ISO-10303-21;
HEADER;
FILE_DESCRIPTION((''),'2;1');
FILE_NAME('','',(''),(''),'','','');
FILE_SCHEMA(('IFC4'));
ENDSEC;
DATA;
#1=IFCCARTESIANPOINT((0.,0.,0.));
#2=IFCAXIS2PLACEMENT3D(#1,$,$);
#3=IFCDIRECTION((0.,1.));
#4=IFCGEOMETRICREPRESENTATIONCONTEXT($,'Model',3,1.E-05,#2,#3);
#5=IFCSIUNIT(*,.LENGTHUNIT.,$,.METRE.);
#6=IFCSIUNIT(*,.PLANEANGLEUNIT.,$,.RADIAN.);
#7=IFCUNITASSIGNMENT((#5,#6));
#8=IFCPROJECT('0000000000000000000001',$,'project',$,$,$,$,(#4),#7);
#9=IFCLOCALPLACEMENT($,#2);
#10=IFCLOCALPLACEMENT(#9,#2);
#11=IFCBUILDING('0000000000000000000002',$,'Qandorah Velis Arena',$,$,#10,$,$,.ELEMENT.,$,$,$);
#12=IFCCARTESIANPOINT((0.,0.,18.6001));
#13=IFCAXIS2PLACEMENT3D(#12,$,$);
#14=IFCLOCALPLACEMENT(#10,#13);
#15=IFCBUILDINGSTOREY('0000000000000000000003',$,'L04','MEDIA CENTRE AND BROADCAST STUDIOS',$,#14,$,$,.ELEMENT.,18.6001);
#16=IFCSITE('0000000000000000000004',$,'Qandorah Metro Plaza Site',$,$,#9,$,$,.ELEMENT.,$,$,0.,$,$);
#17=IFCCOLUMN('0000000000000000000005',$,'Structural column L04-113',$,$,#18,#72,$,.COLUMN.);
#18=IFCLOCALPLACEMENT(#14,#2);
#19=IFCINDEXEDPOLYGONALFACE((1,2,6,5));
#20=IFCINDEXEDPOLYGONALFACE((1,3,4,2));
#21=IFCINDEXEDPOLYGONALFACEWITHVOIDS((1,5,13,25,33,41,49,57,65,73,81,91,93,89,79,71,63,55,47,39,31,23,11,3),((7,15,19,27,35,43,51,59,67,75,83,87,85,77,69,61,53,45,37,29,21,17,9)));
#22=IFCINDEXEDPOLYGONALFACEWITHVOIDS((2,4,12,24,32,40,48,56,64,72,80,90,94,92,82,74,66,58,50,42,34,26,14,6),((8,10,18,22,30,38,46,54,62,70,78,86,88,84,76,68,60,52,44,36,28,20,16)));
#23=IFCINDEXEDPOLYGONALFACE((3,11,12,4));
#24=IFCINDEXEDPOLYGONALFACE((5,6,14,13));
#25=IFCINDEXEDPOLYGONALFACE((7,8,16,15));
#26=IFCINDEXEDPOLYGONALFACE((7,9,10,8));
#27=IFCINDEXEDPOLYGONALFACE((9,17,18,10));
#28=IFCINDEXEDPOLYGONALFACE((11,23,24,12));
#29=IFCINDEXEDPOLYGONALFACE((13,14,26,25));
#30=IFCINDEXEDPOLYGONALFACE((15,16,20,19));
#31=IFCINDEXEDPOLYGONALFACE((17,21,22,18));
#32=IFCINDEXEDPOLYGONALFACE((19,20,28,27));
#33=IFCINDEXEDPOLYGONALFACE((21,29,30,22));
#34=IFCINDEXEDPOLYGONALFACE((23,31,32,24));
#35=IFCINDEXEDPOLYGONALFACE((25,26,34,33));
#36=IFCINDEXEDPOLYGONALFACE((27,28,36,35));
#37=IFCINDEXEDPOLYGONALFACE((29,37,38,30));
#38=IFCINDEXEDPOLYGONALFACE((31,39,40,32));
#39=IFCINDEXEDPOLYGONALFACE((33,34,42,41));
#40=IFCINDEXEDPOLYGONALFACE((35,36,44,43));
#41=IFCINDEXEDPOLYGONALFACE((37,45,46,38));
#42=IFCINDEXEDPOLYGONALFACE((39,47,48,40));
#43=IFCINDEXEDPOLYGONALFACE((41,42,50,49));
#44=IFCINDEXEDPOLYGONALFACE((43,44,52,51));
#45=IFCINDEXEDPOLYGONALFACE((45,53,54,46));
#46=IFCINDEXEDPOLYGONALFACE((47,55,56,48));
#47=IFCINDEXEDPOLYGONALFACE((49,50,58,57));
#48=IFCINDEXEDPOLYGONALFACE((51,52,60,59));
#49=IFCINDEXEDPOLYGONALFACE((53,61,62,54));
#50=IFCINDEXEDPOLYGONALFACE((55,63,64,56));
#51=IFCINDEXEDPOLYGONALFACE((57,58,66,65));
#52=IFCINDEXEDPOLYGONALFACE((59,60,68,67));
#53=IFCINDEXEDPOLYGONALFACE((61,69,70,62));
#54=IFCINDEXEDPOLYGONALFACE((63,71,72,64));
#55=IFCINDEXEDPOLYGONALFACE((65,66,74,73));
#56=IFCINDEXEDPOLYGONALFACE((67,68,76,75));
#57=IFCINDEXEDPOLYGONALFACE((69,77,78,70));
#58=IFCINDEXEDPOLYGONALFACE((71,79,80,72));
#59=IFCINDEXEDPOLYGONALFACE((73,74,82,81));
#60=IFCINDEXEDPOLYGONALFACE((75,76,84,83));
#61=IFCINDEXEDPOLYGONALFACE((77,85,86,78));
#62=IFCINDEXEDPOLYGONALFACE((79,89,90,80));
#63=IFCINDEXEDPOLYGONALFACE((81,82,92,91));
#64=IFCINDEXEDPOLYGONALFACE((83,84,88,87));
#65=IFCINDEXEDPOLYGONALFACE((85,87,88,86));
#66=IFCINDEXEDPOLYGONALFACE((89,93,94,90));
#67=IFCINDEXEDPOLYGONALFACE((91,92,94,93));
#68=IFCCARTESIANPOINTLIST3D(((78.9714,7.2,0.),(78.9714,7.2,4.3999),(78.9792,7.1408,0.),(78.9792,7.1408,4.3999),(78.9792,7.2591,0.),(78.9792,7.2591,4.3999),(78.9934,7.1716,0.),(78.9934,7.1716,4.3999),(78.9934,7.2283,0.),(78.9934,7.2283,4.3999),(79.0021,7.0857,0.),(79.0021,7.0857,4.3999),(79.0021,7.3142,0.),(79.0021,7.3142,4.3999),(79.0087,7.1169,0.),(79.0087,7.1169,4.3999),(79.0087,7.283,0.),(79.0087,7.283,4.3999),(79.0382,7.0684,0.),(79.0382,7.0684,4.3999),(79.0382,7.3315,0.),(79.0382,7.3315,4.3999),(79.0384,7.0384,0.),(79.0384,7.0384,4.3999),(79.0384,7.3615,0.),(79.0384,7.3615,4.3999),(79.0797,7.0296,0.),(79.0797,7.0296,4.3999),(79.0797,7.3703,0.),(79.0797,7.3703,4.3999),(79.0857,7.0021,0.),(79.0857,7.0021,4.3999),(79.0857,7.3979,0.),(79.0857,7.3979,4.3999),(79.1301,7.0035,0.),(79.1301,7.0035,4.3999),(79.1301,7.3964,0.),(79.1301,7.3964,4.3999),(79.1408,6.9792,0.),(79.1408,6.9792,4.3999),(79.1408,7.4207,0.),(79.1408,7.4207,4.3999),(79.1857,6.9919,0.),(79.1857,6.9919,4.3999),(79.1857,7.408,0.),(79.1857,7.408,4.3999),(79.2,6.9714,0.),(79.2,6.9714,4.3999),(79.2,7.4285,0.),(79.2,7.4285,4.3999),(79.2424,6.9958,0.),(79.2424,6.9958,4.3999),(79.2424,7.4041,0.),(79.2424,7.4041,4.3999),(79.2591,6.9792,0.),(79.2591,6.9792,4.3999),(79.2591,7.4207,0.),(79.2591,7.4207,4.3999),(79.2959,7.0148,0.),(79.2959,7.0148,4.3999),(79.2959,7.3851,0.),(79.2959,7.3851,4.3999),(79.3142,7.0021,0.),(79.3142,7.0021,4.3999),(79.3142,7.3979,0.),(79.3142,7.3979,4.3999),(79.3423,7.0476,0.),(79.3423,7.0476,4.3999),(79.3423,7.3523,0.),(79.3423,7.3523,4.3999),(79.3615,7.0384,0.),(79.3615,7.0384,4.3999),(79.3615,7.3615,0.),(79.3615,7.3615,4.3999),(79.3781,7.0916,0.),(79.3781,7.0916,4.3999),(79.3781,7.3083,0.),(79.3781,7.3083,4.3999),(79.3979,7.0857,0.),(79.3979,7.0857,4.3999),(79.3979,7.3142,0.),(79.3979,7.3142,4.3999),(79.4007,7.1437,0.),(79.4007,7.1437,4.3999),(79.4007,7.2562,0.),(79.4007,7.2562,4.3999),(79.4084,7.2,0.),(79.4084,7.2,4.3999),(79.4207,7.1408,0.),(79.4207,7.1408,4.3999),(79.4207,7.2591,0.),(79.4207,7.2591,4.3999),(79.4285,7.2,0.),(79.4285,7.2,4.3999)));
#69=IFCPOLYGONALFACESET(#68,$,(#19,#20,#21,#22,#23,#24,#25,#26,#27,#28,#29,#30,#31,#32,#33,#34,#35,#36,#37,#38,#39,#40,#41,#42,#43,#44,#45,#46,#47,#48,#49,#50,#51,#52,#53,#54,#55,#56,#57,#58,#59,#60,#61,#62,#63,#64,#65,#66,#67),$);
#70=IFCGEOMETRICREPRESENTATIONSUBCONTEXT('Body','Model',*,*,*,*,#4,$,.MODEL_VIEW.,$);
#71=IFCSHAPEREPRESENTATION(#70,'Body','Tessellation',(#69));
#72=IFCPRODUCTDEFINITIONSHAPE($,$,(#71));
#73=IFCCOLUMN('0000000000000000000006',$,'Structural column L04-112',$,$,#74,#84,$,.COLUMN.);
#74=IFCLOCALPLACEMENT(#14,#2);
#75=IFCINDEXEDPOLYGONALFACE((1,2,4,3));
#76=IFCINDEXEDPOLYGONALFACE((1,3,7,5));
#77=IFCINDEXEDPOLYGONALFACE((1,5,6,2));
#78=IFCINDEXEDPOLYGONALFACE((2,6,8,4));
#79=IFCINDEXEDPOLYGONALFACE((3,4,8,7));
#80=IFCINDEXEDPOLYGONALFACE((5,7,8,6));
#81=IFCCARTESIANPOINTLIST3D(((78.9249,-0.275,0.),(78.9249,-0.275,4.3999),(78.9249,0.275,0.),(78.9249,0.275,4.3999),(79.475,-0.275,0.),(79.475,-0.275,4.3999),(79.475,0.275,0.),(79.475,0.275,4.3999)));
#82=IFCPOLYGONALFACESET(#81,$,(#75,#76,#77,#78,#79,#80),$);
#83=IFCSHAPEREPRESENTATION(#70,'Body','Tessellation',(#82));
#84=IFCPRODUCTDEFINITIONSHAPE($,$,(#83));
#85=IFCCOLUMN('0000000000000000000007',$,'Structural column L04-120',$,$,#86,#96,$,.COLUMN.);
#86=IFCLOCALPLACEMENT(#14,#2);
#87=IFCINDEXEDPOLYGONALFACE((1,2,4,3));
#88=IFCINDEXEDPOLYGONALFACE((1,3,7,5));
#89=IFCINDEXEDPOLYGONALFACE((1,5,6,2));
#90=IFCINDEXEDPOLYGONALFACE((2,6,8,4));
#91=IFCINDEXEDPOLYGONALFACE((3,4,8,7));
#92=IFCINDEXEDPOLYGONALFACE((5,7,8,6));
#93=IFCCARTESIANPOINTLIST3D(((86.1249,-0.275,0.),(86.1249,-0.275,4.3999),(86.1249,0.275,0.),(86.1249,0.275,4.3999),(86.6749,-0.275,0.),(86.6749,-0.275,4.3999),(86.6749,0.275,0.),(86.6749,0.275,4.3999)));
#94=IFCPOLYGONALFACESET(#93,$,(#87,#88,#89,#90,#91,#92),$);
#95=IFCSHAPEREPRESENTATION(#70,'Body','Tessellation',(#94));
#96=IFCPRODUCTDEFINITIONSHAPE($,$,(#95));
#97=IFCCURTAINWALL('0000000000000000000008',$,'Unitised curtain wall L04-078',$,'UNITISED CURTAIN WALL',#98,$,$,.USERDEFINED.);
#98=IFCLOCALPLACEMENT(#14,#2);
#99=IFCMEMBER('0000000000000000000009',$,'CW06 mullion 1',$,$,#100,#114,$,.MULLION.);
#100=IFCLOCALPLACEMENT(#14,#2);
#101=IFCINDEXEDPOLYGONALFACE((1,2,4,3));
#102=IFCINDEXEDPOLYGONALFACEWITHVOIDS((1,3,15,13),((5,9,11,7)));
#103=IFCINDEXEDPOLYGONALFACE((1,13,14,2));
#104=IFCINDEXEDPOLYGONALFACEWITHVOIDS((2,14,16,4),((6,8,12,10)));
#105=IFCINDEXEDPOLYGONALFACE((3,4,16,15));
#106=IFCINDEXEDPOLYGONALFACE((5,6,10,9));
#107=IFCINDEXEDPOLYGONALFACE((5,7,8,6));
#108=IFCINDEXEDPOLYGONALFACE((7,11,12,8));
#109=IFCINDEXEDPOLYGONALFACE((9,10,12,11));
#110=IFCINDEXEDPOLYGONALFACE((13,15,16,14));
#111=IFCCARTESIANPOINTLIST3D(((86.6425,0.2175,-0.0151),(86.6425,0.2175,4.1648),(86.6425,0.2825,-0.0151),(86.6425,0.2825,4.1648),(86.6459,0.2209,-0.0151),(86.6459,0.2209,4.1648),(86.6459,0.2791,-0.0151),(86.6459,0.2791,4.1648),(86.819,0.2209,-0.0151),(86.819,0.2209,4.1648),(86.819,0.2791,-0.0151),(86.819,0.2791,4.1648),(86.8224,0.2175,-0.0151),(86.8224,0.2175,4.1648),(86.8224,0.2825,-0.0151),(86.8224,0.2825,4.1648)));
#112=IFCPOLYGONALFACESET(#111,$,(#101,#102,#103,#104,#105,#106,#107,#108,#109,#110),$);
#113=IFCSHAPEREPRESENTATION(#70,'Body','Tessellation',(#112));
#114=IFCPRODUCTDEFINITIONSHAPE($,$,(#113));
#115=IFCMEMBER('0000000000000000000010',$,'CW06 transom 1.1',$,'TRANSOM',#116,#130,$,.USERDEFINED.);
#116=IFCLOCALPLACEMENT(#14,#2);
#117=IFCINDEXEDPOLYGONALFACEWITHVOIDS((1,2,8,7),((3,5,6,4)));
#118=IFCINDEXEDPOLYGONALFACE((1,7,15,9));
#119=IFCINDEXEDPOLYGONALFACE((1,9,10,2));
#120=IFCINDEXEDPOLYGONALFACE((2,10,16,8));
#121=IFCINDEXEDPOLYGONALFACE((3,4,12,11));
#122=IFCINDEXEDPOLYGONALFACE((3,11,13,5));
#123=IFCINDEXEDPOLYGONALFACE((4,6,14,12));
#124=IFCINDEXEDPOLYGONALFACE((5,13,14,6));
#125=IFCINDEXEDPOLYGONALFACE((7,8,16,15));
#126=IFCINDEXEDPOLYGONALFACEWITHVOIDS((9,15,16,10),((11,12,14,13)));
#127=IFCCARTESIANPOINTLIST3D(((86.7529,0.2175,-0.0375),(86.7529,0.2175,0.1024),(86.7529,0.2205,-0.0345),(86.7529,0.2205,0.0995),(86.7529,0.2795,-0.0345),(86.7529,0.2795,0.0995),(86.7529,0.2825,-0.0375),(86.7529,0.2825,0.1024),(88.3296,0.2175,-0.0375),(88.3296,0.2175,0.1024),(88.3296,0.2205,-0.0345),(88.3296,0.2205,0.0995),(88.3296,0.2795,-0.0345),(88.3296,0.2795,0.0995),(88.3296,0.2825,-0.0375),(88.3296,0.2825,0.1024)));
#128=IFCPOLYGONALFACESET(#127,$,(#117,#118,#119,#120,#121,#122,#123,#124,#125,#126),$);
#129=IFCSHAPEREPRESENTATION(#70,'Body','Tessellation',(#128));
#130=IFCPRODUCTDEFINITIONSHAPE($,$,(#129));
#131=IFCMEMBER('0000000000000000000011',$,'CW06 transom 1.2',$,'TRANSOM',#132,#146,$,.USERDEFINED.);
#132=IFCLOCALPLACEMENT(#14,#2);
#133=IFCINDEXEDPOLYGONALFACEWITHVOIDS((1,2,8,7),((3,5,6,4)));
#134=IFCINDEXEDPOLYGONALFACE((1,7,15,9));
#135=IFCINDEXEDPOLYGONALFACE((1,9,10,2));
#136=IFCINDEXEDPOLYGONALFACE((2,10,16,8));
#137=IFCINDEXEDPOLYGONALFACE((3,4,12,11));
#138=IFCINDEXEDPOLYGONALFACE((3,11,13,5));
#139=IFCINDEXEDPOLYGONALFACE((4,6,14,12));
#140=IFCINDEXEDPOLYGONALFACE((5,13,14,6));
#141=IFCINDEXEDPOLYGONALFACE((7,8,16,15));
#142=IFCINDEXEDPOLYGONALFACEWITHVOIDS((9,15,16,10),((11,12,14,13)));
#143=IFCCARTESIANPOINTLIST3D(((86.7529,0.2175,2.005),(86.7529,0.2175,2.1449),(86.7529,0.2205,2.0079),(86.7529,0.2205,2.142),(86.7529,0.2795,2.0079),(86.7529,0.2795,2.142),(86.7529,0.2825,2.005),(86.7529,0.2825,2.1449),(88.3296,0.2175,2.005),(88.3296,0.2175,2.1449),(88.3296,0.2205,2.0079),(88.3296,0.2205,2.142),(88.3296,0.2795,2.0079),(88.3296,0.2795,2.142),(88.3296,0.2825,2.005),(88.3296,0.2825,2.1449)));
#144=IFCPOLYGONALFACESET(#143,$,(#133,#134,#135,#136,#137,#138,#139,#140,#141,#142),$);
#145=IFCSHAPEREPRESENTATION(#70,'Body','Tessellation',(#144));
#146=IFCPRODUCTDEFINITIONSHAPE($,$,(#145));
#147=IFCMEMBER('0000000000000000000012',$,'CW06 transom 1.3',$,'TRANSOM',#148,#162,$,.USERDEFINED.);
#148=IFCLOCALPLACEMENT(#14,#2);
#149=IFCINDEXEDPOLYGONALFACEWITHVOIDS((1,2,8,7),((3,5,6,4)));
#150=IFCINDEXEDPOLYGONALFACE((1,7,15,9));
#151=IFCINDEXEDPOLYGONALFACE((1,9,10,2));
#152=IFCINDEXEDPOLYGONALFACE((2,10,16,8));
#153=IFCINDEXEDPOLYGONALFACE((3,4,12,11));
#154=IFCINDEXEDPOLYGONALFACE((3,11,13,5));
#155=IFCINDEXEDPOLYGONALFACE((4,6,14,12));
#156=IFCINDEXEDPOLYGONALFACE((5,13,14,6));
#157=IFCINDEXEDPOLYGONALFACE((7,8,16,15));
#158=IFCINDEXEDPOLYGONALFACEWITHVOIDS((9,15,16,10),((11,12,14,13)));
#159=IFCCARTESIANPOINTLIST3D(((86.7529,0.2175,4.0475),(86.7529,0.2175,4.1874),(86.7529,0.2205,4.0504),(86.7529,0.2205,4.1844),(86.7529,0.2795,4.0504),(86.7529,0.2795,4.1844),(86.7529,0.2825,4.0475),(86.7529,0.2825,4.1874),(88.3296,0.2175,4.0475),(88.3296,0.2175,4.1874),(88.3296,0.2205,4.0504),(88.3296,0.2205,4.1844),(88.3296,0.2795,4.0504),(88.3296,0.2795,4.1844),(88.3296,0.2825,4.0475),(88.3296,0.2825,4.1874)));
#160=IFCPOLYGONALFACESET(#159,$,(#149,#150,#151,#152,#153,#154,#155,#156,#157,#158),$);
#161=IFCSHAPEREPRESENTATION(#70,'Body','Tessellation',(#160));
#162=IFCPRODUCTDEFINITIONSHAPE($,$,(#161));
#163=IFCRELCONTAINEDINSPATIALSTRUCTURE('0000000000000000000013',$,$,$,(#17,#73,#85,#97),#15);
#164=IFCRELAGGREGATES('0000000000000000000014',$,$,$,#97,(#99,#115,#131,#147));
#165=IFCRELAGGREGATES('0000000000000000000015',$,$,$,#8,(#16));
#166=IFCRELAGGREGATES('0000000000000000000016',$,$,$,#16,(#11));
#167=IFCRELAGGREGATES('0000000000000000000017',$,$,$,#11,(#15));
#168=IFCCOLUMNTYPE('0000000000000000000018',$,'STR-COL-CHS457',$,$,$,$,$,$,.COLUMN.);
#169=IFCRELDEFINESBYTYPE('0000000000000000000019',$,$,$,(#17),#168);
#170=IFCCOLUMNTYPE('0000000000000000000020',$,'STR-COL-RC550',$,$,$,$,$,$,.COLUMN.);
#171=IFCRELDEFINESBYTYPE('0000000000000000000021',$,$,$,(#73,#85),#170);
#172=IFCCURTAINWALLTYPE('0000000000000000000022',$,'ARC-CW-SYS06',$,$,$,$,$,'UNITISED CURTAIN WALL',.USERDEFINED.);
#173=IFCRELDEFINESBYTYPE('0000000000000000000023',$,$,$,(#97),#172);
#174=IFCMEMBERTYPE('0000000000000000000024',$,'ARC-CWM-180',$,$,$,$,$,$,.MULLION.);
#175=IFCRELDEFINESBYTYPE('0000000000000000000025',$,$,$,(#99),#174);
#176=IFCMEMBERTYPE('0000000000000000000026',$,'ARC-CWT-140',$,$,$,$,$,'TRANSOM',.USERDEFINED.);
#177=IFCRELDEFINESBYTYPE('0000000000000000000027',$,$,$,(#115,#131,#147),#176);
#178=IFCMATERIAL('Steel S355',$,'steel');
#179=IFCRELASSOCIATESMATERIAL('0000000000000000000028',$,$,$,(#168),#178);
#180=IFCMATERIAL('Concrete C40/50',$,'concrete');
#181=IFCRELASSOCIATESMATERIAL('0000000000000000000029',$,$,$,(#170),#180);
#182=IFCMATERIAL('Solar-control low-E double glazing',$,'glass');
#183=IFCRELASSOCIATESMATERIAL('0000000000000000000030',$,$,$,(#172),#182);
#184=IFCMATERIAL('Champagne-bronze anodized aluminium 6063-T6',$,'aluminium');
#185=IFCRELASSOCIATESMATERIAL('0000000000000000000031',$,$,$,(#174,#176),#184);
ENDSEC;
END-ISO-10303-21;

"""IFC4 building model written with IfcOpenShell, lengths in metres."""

from ifc_helpers import new_model, si_unit, direction, frame, origin, origin_2d, place, context, subcontext, project, spatial, rectangle, hollow_rectangle, hollow_circle, extrude, material, material_profile, profile_set, type_object, element, aggregate, save


model = new_model("IFC4")

# Units and contexts
model_context = context("Model", 3, precision=1e-05, world=origin(), true_north=direction((0.0, 1.0)))
body_context = subcontext(model_context, "Body", "Model", "MODEL_VIEW")
ifc_project = project(units=[si_unit("LENGTHUNIT", "METRE"), si_unit("PLANEANGLEUNIT", "RADIAN")], contexts=[model_context])

# Site, building, storey
site_placement = place(None, origin())
site = spatial("IfcSite", under=ifc_project, at=site_placement, Name="Qandorah Metro Plaza Site", CompositionType="ELEMENT", RefElevation=0.0)
building_placement = place(site_placement, origin())
building = spatial("IfcBuilding", under=site, at=building_placement, Name="Qandorah Velis Arena", CompositionType="ELEMENT")
storey_placement = place(building_placement, frame((0.0, 0.0, 18.6001)))
storey = spatial("IfcBuildingStorey", under=building, at=storey_placement, Name="L04", Description="MEDIA CENTRE AND BROADCAST STUDIOS", CompositionType="ELEMENT", Elevation=18.6001)

# Columns
ifc_material_1 = material(Name="Steel S355", Category="steel")
ifc_material_profile_1 = material_profile(ifc_material_1, hollow_circle(Radius=0.2285, WallThickness=0.02, at=origin_2d()), Name="CHS 457x20")
ifc_profile_set_1 = profile_set([ifc_material_profile_1], Name="Steel S355")
column_type_1 = type_object("IfcColumnType", Name="STR-COL-CHS457", PredefinedType="COLUMN", material=ifc_profile_set_1)
column_placement = place(storey_placement, frame((79.2, 7.2, 0.0), z_axis=(0.0, 0.0, 1.0), x_axis=(1.0, 0.0, 0.0)))
element("IfcColumn", 1, at=column_placement, inside=storey, type_object=column_type_1, Name="Structural column L04-113", PredefinedType="COLUMN", context=body_context, shape_type="SweptSolid", body=[
    extrude(hollow_circle(Radius=0.2285, WallThickness=0.02, at=origin_2d()), origin(), (0.0, 0.0, 1.0), 4.3999),
])
ifc_material_2 = material(Name="Concrete C40/50", Category="concrete")
ifc_material_profile_2 = material_profile(ifc_material_2, rectangle(XDim=0.55, YDim=0.55, at=origin_2d()), Name="RC COL 550x550")
ifc_profile_set_2 = profile_set([ifc_material_profile_2], Name="Concrete C40/50")
column_type_2 = type_object("IfcColumnType", Name="STR-COL-RC550", PredefinedType="COLUMN", material=ifc_profile_set_2)
for number, where, z_axis, x_axis, name in (
    (2, (79.2, 0.0, 0.0), (0.0, 0.0, 1.0), (1.0, 0.0, 0.0), "Structural column L04-112"),
    (3, (86.3999, 0.0, 0.0), (0.0, 0.0, 1.0), (1.0, 0.0, 0.0), "Structural column L04-120"),
):
    element("IfcColumn", number, at=place(storey_placement, frame(where, z_axis=z_axis, x_axis=x_axis)), inside=storey, type_object=column_type_2, Name=name, PredefinedType="COLUMN", context=body_context, shape_type="SweptSolid", body=[
        extrude(rectangle(XDim=0.55, YDim=0.55, at=origin_2d()), origin(), (0.0, 0.0, 1.0), 4.3999),
    ])

# Curtain wall, members
ifc_material_3 = material(Name="Solar-control low-E double glazing", Category="glass")
curtain_wall_type = type_object("IfcCurtainWallType", Name="ARC-CW-SYS06", ElementType="UNITISED CURTAIN WALL", PredefinedType="USERDEFINED", material=ifc_material_3)
curtain_wall_placement = place(storey_placement, origin())
curtain_wall = element("IfcCurtainWall", 4, at=curtain_wall_placement, inside=storey, type_object=curtain_wall_type, Name="Unitised curtain wall L04-078", ObjectType="UNITISED CURTAIN WALL", PredefinedType="USERDEFINED")
ifc_material_4 = material(Name="Champagne-bronze anodized aluminium 6063-T6", Category="aluminium")
ifc_material_profile_3 = material_profile(ifc_material_4, hollow_rectangle(XDim=0.0649, YDim=0.1799, WallThickness=0.0034, at=origin_2d()), Name="ALU MULLION 65x180")
ifc_profile_set_3 = profile_set([ifc_material_profile_3], Name="Champagne-bronze anodized aluminium 6063-T6")
member_type_1 = type_object("IfcMemberType", Name="ARC-CWM-180", PredefinedType="MULLION", material=ifc_profile_set_3)
member_1_placement = place(storey_placement, frame((86.7324, 0.25, -0.0151), z_axis=(0.0, 0.0, 1.0), x_axis=(0.0, 1.0, 0.0)))
member_1 = element("IfcMember", 5, at=member_1_placement, type_object=member_type_1, Name="CW06 mullion 1", PredefinedType="MULLION", context=body_context, shape_type="SweptSolid", body=[
    extrude(hollow_rectangle(XDim=0.0649, YDim=0.1799, WallThickness=0.0034, at=origin_2d()), origin(), (0.0, 0.0, 1.0), 4.1799),
])
ifc_material_profile_4 = material_profile(ifc_material_4, hollow_rectangle(XDim=0.0649, YDim=0.1399, WallThickness=0.0029, at=origin_2d()), Name="ALU TRANSOM 65x140")
ifc_profile_set_4 = profile_set([ifc_material_profile_4], Name="Champagne-bronze anodized aluminium 6063-T6")
member_type_2 = type_object("IfcMemberType", Name="ARC-CWT-140", ElementType="TRANSOM", PredefinedType="USERDEFINED", material=ifc_profile_set_4)
member_2_placement = place(storey_placement, frame((86.7529, 0.25, 0.0325), z_axis=(1.0, 0.0, 0.0), x_axis=(0.0, 1.0, 0.0)))
member_2 = element("IfcMember", 6, at=member_2_placement, type_object=member_type_2, Name="CW06 transom 1.1", ObjectType="TRANSOM", PredefinedType="USERDEFINED", context=body_context, shape_type="SweptSolid", body=[
    extrude(hollow_rectangle(XDim=0.0649, YDim=0.1399, WallThickness=0.0029, at=origin_2d()), origin(), (0.0, 0.0, 1.0), 1.5767),
])
member_3_placement = place(storey_placement, frame((86.7529, 0.25, 2.075), z_axis=(1.0, 0.0, 0.0), x_axis=(0.0, 1.0, 0.0)))
member_3 = element("IfcMember", 7, at=member_3_placement, type_object=member_type_2, Name="CW06 transom 1.2", ObjectType="TRANSOM", PredefinedType="USERDEFINED", context=body_context, shape_type="SweptSolid", body=[
    extrude(hollow_rectangle(XDim=0.0649, YDim=0.1399, WallThickness=0.0029, at=origin_2d()), origin(), (0.0, 0.0, 1.0), 1.5767),
])
member_4_placement = place(storey_placement, frame((86.7529, 0.25, 4.1174), z_axis=(1.0, 0.0, 0.0), x_axis=(0.0, 1.0, 0.0)))
member_4 = element("IfcMember", 8, at=member_4_placement, type_object=member_type_2, Name="CW06 transom 1.3", ObjectType="TRANSOM", PredefinedType="USERDEFINED", context=body_context, shape_type="SweptSolid", body=[
    extrude(hollow_rectangle(XDim=0.0649, YDim=0.1399, WallThickness=0.0029, at=origin_2d()), origin(), (0.0, 0.0, 1.0), 1.5767),
])

aggregate(curtain_wall, [member_1, member_2, member_3, member_4])

save(model, "model.ifc")
